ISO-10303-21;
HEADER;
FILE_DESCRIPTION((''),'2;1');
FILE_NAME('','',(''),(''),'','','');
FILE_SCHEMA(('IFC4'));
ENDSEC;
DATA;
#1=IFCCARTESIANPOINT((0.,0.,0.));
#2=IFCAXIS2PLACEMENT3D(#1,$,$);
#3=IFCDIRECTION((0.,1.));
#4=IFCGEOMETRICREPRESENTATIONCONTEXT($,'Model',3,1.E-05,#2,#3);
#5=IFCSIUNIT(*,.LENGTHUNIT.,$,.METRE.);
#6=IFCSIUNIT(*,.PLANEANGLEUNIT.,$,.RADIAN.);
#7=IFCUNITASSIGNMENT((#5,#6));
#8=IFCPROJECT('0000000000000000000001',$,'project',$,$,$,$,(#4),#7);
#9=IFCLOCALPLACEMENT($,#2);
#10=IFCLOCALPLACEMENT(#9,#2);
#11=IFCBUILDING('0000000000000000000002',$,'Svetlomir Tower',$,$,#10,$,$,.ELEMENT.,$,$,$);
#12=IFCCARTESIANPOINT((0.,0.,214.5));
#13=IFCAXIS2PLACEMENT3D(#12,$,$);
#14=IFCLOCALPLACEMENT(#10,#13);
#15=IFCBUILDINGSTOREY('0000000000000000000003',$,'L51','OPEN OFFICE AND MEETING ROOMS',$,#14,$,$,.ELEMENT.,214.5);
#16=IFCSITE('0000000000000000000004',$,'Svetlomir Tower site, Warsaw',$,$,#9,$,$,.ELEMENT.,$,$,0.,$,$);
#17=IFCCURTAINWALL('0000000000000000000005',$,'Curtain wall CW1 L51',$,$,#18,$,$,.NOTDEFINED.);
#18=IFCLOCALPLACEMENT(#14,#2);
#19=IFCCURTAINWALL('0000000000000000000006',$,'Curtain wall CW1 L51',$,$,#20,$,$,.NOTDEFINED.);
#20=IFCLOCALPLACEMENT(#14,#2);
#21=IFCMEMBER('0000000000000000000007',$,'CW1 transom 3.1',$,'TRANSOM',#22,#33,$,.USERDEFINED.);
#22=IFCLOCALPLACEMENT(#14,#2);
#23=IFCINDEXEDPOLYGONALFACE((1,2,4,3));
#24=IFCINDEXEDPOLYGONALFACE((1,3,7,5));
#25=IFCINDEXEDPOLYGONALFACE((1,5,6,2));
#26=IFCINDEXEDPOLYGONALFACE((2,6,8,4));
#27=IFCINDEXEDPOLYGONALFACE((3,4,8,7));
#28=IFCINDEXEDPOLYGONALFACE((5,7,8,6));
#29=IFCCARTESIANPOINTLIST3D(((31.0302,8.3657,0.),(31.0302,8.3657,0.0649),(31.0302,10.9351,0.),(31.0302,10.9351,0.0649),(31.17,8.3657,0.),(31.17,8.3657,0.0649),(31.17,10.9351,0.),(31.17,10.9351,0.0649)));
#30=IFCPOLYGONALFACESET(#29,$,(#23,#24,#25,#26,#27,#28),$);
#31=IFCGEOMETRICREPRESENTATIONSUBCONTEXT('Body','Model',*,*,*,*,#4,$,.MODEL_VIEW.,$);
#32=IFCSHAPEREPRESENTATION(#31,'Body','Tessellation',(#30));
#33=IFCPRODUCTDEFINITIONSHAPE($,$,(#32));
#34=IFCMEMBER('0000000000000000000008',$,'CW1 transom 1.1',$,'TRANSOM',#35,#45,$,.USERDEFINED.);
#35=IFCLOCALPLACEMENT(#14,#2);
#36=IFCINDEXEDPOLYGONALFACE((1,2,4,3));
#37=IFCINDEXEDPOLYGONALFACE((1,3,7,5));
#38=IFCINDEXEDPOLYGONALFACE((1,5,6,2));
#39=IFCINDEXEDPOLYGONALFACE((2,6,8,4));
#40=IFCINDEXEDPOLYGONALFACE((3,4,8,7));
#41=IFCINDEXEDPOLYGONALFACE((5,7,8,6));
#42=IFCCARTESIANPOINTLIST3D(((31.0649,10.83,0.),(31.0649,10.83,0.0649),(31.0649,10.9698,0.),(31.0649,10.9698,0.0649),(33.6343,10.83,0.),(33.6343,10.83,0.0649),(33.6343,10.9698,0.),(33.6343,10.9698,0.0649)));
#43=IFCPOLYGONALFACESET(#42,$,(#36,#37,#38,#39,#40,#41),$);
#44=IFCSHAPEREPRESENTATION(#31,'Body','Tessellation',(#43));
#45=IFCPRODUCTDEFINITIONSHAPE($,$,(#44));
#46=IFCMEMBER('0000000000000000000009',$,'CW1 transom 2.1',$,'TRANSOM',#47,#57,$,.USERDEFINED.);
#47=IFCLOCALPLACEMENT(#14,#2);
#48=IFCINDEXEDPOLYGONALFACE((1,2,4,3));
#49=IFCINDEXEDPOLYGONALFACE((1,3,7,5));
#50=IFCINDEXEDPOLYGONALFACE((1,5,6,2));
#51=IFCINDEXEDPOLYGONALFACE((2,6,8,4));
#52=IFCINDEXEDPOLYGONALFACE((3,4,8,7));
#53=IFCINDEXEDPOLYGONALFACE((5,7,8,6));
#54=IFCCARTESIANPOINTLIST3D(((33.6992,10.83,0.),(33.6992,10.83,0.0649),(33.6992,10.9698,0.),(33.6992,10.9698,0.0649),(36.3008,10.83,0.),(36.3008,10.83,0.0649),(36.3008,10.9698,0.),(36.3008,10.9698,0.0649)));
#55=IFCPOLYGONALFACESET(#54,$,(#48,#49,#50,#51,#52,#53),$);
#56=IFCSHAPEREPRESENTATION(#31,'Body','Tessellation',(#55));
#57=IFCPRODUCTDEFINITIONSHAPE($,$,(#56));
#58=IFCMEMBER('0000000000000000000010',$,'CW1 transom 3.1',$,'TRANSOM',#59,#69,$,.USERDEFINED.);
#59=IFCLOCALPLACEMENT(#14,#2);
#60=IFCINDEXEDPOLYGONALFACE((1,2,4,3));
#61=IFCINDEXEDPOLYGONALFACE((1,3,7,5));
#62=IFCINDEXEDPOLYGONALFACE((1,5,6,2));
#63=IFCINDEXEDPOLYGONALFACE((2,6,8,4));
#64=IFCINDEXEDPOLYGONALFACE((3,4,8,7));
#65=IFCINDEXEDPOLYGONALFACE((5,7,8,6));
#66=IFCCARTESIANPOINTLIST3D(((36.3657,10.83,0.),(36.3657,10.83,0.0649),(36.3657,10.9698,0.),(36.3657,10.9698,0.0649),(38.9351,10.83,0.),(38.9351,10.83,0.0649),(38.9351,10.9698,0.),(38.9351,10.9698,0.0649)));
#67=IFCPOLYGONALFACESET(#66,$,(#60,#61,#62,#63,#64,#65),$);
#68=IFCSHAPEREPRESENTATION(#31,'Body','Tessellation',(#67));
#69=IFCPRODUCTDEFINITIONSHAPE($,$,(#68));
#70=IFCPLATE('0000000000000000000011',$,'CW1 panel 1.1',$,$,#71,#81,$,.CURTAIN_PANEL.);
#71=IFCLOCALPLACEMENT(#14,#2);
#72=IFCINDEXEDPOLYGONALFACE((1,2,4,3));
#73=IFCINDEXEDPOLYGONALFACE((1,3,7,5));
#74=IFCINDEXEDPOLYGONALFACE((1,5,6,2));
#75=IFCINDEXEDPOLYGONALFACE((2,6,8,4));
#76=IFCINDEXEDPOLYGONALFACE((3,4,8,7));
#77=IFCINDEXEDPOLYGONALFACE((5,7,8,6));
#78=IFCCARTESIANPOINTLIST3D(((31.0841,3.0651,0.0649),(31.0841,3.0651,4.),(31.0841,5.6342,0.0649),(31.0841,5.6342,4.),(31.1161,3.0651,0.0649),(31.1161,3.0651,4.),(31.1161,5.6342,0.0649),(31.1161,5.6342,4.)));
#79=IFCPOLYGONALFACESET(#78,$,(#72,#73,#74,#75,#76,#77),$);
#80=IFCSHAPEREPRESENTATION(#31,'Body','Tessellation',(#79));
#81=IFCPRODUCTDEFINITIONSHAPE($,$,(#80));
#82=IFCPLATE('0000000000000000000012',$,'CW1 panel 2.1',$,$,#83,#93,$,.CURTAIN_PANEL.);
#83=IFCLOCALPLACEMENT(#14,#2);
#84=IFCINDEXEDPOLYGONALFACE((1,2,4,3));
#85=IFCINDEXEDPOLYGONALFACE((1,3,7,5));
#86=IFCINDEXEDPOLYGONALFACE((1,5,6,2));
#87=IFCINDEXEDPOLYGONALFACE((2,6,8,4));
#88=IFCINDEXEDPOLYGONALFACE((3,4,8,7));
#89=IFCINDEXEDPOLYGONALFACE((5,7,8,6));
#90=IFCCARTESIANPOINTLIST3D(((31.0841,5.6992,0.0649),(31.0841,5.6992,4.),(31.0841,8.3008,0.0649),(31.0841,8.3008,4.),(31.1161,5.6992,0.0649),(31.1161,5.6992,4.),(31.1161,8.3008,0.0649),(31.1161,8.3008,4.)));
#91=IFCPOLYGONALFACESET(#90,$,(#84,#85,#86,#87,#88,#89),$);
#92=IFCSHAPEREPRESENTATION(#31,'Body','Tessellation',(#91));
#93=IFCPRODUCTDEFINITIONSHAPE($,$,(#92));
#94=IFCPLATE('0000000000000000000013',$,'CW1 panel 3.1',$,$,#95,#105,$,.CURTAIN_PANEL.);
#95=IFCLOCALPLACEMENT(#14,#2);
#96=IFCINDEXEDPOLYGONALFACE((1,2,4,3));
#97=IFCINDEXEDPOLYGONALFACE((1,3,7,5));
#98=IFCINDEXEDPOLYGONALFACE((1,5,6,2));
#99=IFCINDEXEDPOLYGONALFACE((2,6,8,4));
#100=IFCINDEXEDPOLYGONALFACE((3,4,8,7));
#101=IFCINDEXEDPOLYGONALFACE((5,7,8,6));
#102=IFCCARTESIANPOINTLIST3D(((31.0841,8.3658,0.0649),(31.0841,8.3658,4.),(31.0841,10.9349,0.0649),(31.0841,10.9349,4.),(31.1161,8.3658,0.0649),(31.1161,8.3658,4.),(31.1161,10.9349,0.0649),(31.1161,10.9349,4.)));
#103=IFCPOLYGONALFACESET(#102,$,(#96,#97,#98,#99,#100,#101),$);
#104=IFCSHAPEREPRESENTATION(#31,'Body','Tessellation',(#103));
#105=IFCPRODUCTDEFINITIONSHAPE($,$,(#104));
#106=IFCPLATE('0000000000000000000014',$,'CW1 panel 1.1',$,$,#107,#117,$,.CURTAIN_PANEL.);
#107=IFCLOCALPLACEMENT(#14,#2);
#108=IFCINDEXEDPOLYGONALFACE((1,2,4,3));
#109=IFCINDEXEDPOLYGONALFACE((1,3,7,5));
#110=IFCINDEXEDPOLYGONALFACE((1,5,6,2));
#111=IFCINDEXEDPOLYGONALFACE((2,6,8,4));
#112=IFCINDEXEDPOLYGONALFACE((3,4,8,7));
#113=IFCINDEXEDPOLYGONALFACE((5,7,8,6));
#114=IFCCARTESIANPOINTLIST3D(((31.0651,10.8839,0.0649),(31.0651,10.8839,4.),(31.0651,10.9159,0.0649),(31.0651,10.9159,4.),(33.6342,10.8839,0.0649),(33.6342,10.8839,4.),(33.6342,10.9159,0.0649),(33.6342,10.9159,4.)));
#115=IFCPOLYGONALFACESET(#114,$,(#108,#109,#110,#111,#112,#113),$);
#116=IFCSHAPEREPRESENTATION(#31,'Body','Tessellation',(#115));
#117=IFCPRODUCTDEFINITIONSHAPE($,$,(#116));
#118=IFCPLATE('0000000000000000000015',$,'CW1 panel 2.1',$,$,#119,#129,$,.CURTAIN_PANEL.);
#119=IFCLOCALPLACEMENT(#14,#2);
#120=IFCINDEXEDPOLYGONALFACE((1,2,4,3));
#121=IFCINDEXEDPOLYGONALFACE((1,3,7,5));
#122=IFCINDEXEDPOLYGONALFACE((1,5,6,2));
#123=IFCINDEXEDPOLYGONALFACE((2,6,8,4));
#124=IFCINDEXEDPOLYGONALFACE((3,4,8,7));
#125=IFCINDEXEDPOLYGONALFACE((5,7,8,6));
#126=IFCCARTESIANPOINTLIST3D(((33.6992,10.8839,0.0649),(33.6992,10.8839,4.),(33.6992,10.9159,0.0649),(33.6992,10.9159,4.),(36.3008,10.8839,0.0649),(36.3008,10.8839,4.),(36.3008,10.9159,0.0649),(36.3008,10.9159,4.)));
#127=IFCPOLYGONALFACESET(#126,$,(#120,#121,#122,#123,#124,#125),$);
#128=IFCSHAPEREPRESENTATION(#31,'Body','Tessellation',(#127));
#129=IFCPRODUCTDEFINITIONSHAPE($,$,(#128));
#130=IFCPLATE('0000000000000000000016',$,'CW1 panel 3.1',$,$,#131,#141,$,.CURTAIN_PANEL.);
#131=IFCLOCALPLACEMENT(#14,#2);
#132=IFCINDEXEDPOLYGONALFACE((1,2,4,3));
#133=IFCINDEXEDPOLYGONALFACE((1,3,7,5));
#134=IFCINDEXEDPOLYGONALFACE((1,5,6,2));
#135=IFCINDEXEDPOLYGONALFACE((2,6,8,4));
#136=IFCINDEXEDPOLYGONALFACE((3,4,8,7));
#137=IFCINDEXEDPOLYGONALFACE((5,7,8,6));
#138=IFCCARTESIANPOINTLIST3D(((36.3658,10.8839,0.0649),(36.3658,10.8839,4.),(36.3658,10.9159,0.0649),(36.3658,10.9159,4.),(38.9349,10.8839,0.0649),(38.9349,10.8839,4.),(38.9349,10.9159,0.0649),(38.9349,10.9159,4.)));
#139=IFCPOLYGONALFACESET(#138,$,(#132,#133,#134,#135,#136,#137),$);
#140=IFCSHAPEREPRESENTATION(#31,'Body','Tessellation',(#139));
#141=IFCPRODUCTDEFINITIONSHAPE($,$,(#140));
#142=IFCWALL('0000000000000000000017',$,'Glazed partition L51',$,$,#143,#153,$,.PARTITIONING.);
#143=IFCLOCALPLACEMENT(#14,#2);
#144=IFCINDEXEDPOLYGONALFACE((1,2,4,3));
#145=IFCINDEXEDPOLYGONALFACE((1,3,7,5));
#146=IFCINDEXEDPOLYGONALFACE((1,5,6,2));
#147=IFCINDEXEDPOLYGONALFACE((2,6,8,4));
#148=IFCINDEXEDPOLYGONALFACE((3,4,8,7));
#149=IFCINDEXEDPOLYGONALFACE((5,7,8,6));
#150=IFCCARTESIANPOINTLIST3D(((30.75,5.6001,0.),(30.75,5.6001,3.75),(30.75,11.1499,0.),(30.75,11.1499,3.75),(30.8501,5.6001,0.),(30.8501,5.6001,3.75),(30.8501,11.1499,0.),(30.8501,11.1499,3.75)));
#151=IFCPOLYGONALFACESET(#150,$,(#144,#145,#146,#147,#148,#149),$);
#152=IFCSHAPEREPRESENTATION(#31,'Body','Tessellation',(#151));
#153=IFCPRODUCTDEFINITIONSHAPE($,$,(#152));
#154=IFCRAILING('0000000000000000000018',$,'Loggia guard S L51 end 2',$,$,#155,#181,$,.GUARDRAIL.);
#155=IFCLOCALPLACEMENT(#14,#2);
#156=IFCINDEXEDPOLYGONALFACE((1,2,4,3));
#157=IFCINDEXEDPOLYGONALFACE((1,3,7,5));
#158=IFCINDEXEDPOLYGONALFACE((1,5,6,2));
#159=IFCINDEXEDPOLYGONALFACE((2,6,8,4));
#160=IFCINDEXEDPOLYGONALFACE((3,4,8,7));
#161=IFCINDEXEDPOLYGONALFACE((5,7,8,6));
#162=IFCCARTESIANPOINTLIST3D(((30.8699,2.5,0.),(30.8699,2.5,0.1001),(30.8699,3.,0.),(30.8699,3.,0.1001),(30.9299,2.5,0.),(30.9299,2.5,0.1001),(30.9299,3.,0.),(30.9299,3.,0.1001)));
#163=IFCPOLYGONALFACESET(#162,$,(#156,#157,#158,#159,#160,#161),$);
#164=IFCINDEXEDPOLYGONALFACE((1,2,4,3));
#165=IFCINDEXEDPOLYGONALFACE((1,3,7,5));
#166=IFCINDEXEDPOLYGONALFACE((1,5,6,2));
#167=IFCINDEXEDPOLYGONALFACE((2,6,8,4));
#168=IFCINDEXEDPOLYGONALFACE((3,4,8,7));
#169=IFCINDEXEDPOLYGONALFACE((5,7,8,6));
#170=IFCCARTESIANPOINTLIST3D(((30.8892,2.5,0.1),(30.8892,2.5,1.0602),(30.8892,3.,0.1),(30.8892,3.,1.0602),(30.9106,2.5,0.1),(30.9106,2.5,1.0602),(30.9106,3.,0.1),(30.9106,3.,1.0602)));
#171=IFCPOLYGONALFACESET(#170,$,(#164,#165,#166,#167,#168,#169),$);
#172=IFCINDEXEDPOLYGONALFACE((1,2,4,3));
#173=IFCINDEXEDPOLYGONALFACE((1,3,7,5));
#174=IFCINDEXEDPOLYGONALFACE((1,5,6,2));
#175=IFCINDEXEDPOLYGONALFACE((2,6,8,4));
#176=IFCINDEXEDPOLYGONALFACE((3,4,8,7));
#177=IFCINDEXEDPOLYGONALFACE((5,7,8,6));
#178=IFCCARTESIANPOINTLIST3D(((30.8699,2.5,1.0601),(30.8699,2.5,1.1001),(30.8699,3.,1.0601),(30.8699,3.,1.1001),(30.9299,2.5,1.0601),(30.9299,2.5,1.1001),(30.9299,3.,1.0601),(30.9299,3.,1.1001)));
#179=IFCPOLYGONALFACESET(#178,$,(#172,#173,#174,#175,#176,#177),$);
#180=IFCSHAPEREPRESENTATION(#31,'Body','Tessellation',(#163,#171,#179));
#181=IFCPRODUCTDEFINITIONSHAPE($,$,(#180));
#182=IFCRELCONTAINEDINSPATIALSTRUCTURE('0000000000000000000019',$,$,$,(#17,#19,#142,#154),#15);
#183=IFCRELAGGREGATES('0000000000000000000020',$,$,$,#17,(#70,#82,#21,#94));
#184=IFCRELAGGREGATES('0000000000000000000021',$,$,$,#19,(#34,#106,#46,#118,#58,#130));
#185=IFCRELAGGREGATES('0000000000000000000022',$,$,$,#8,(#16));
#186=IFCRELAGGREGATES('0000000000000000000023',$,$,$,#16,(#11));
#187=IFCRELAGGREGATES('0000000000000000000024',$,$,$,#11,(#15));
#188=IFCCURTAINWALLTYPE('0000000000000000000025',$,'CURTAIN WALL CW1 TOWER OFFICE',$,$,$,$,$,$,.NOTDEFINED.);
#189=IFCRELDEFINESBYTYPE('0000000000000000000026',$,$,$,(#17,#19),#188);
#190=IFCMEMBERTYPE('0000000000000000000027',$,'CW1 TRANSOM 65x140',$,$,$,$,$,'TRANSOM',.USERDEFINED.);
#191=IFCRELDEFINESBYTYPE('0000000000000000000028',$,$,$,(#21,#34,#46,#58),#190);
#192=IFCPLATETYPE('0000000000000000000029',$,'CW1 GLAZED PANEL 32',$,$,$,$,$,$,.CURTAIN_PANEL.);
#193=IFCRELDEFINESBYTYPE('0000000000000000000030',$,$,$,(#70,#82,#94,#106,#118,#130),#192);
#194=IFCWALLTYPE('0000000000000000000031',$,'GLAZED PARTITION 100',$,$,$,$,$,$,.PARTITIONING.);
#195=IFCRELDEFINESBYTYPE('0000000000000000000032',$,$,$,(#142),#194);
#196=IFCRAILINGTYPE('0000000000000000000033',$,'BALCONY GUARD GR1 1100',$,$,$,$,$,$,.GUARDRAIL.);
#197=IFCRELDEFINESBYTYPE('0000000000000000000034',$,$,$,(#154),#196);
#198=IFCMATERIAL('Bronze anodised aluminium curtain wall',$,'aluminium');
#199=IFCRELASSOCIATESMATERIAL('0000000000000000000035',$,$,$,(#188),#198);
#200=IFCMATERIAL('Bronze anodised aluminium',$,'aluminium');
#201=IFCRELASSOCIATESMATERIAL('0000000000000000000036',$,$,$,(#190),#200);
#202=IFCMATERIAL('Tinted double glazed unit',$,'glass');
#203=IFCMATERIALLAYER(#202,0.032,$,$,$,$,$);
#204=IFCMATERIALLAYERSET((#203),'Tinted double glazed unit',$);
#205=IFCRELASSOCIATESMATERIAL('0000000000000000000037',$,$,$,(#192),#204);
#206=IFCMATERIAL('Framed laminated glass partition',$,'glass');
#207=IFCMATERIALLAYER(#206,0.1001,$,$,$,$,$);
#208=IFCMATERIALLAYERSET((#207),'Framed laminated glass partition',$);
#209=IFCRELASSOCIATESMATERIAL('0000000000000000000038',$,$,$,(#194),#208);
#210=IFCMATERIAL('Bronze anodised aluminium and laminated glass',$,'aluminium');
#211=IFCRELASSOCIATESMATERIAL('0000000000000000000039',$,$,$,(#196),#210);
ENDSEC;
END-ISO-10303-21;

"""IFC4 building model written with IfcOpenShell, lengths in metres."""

from ifc_helpers import new_model, si_unit, direction, frame, frame_2d, origin, origin_2d, place, context, subcontext, project, spatial, rectangle, extrude, material, layer, layer_set, material_profile, profile_set, type_object, element, aggregate, save


model = new_model("IFC4")

# Units and contexts
model_context = context("Model", 3, precision=1e-05, world=origin(), true_north=direction((0.0, 1.0)))
body_context = subcontext(model_context, "Body", "Model", "MODEL_VIEW")
ifc_project = project(units=[si_unit("LENGTHUNIT", "METRE"), si_unit("PLANEANGLEUNIT", "RADIAN")], contexts=[model_context])

# Site, building, storey
site_placement = place(None, origin())
site = spatial("IfcSite", under=ifc_project, at=site_placement, Name="Svetlomir Tower site, Warsaw", CompositionType="ELEMENT", RefElevation=0.0)
building_placement = place(site_placement, origin())
building = spatial("IfcBuilding", under=site, at=building_placement, Name="Svetlomir Tower", CompositionType="ELEMENT")
storey_placement = place(building_placement, frame((0.0, 0.0, 214.5)))
storey = spatial("IfcBuildingStorey", under=building, at=storey_placement, Name="L51", Description="OPEN OFFICE AND MEETING ROOMS", CompositionType="ELEMENT", Elevation=214.5)

# Curtain walls
ifc_material_1 = material(Name="Bronze anodised aluminium curtain wall", Category="aluminium")
curtain_wall_type = type_object("IfcCurtainWallType", Name="CURTAIN WALL CW1 TOWER OFFICE", PredefinedType="NOTDEFINED", material=ifc_material_1)
curtain_wall_1_placement = place(storey_placement, origin())
curtain_wall_1 = element("IfcCurtainWall", 1, at=curtain_wall_1_placement, inside=storey, type_object=curtain_wall_type, Name="Curtain wall CW1 L51", PredefinedType="NOTDEFINED")
curtain_wall_2_placement = place(storey_placement, origin())
curtain_wall_2 = element("IfcCurtainWall", 2, at=curtain_wall_2_placement, inside=storey, type_object=curtain_wall_type, Name="Curtain wall CW1 L51", PredefinedType="NOTDEFINED")

# Members
ifc_material_2 = material(Name="Bronze anodised aluminium", Category="aluminium")
ifc_material_profile_1 = material_profile(ifc_material_2, rectangle(XDim=0.1399, YDim=0.0649, at=origin_2d()), Name="AL 140x65")
ifc_profile_set_1 = profile_set([ifc_material_profile_1], Name="Bronze anodised aluminium 6063-T6")
member_type_1 = type_object("IfcMemberType", Name="CW1 TRANSOM 65x140", ElementType="TRANSOM", PredefinedType="USERDEFINED", material=ifc_profile_set_1)
member_1_placement = place(storey_placement, frame((31.1001, 8.3657, 0.0325), z_axis=(0.0, 1.0, 0.0), x_axis=(-1.0, 0.0, 0.0)))
member_1 = element("IfcMember", 3, at=member_1_placement, type_object=member_type_1, Name="CW1 transom 3.1", ObjectType="TRANSOM", PredefinedType="USERDEFINED", context=body_context, shape_type="SweptSolid", body=[
    extrude(rectangle(XDim=0.1399, YDim=0.0649, at=origin_2d()), origin(), (0.0, 0.0, 1.0), 2.5693),
])
member_2_placement = place(storey_placement, frame((31.0649, 10.8999, 0.0325), z_axis=(1.0, 0.0, 0.0), x_axis=(0.0, 1.0, 0.0)))
member_2 = element("IfcMember", 4, at=member_2_placement, type_object=member_type_1, Name="CW1 transom 1.1", ObjectType="TRANSOM", PredefinedType="USERDEFINED", context=body_context, shape_type="SweptSolid", body=[
    extrude(rectangle(XDim=0.1399, YDim=0.0649, at=origin_2d()), origin(), (0.0, 0.0, 1.0), 2.5693),
])
member_3_placement = place(storey_placement, frame((33.6992, 10.8999, 0.0325), z_axis=(1.0, 0.0, 0.0), x_axis=(0.0, 1.0, 0.0)))
member_3 = element("IfcMember", 5, at=member_3_placement, type_object=member_type_1, Name="CW1 transom 2.1", ObjectType="TRANSOM", PredefinedType="USERDEFINED", context=body_context, shape_type="SweptSolid", body=[
    extrude(rectangle(XDim=0.1399, YDim=0.0649, at=origin_2d()), origin(), (0.0, 0.0, 1.0), 2.6016),
])
member_4_placement = place(storey_placement, frame((36.3657, 10.8999, 0.0325), z_axis=(1.0, 0.0, 0.0), x_axis=(0.0, 1.0, 0.0)))
member_4 = element("IfcMember", 6, at=member_4_placement, type_object=member_type_1, Name="CW1 transom 3.1", ObjectType="TRANSOM", PredefinedType="USERDEFINED", context=body_context, shape_type="SweptSolid", body=[
    extrude(rectangle(XDim=0.1399, YDim=0.0649, at=origin_2d()), origin(), (0.0, 0.0, 1.0), 2.5693),
])

# Plates
ifc_material_3 = material(Name="Tinted double glazed unit", Category="glass")
ifc_layer_1 = layer(ifc_material_3, 0.032)
ifc_layer_set_1 = layer_set([ifc_layer_1], Name="Tinted double glazed unit")
plate_type = type_object("IfcPlateType", Name="CW1 GLAZED PANEL 32", PredefinedType="CURTAIN_PANEL", material=ifc_layer_set_1)
plate_1_placement = place(storey_placement, frame((31.1001, 4.3496, 0.0649), z_axis=(0.0, 0.0, 1.0), x_axis=(0.0, 1.0, 0.0)))
plate_1 = element("IfcPlate", 7, at=plate_1_placement, type_object=plate_type, Name="CW1 panel 1.1", PredefinedType="CURTAIN_PANEL", context=body_context, shape_type="SweptSolid", body=[
    extrude(rectangle(XDim=2.5691, YDim=0.032, at=origin_2d()), origin(), (0.0, 0.0, 1.0), 3.9351),
])
plate_2_placement = place(storey_placement, frame((31.1001, 7.0, 0.0649), z_axis=(0.0, 0.0, 1.0), x_axis=(0.0, 1.0, 0.0)))
plate_2 = element("IfcPlate", 8, at=plate_2_placement, type_object=plate_type, Name="CW1 panel 2.1", PredefinedType="CURTAIN_PANEL", context=body_context, shape_type="SweptSolid", body=[
    extrude(rectangle(XDim=2.6016, YDim=0.032, at=origin_2d()), origin(), (0.0, 0.0, 1.0), 3.9351),
])
plate_3_placement = place(storey_placement, frame((31.1001, 9.6504, 0.0649), z_axis=(0.0, 0.0, 1.0), x_axis=(0.0, 1.0, 0.0)))
plate_3 = element("IfcPlate", 9, at=plate_3_placement, type_object=plate_type, Name="CW1 panel 3.1", PredefinedType="CURTAIN_PANEL", context=body_context, shape_type="SweptSolid", body=[
    extrude(rectangle(XDim=2.5691, YDim=0.032, at=origin_2d()), origin(), (0.0, 0.0, 1.0), 3.9351),
])
aggregate(curtain_wall_1, [plate_1, plate_2, member_1, plate_3])
plate_4_placement = place(storey_placement, frame((32.3496, 10.8999, 0.0649), z_axis=(0.0, 0.0, 1.0), x_axis=(1.0, 0.0, 0.0)))
plate_4 = element("IfcPlate", 10, at=plate_4_placement, type_object=plate_type, Name="CW1 panel 1.1", PredefinedType="CURTAIN_PANEL", context=body_context, shape_type="SweptSolid", body=[
    extrude(rectangle(XDim=2.5691, YDim=0.032, at=origin_2d()), origin(), (0.0, 0.0, 1.0), 3.9351),
])
plate_5_placement = place(storey_placement, frame((35.0, 10.8999, 0.0649), z_axis=(0.0, 0.0, 1.0), x_axis=(1.0, 0.0, 0.0)))
plate_5 = element("IfcPlate", 11, at=plate_5_placement, type_object=plate_type, Name="CW1 panel 2.1", PredefinedType="CURTAIN_PANEL", context=body_context, shape_type="SweptSolid", body=[
    extrude(rectangle(XDim=2.6016, YDim=0.032, at=origin_2d()), origin(), (0.0, 0.0, 1.0), 3.9351),
])
plate_6_placement = place(storey_placement, frame((37.6504, 10.8999, 0.0649), z_axis=(0.0, 0.0, 1.0), x_axis=(1.0, 0.0, 0.0)))
plate_6 = element("IfcPlate", 12, at=plate_6_placement, type_object=plate_type, Name="CW1 panel 3.1", PredefinedType="CURTAIN_PANEL", context=body_context, shape_type="SweptSolid", body=[
    extrude(rectangle(XDim=2.5691, YDim=0.032, at=origin_2d()), origin(), (0.0, 0.0, 1.0), 3.9351),
])
aggregate(curtain_wall_2, [member_2, plate_4, member_3, plate_5, member_4, plate_6])

# Wall
ifc_material_4 = material(Name="Framed laminated glass partition", Category="glass")
ifc_layer_2 = layer(ifc_material_4, 0.1001)
ifc_layer_set_2 = layer_set([ifc_layer_2], Name="Framed laminated glass partition")
wall_type = type_object("IfcWallType", Name="GLAZED PARTITION 100", PredefinedType="PARTITIONING", material=ifc_layer_set_2)
wall_placement = place(storey_placement, frame((30.8, 5.6001, 0.0), z_axis=(0.0, 0.0, 1.0), x_axis=(0.0, 1.0, 0.0)))
element("IfcWall", 13, at=wall_placement, inside=storey, type_object=wall_type, Name="Glazed partition L51", PredefinedType="PARTITIONING", context=body_context, shape_type="SweptSolid", body=[
    extrude(rectangle(XDim=5.5498, YDim=0.1001, at=frame_2d((2.7749, 0.0))), origin(), (0.0, 0.0, 1.0), 3.75),
])

# Railing
ifc_material_5 = material(Name="Bronze anodised aluminium and laminated glass", Category="aluminium")
railing_type = type_object("IfcRailingType", Name="BALCONY GUARD GR1 1100", PredefinedType="GUARDRAIL", material=ifc_material_5)
railing_placement = place(storey_placement, frame((30.8999, 2.5, 0.0)))
element("IfcRailing", 14, at=railing_placement, inside=storey, type_object=railing_type, Name="Loggia guard S L51 end 2", PredefinedType="GUARDRAIL", context=body_context, shape_type="SweptSolid", body=[
    extrude(rectangle(XDim=0.0601, YDim=0.1001, at=origin_2d()), frame((0.0, 0.0, 0.05), z_axis=(0.0, 1.0, 0.0), x_axis=(-1.0, 0.0, 0.0)), (0.0, 0.0, 1.0), 0.5),
    extrude(rectangle(XDim=0.0215, YDim=0.9602, at=origin_2d()), frame((0.0, 0.0, 0.5801), z_axis=(0.0, 1.0, 0.0), x_axis=(-1.0, 0.0, 0.0)), (0.0, 0.0, 1.0), 0.5),
    extrude(rectangle(XDim=0.0601, YDim=0.04, at=origin_2d()), frame((0.0, 0.0, 1.0801), z_axis=(0.0, 1.0, 0.0), x_axis=(-1.0, 0.0, 0.0)), (0.0, 0.0, 1.0), 0.5),
])

save(model, "model.ifc")
